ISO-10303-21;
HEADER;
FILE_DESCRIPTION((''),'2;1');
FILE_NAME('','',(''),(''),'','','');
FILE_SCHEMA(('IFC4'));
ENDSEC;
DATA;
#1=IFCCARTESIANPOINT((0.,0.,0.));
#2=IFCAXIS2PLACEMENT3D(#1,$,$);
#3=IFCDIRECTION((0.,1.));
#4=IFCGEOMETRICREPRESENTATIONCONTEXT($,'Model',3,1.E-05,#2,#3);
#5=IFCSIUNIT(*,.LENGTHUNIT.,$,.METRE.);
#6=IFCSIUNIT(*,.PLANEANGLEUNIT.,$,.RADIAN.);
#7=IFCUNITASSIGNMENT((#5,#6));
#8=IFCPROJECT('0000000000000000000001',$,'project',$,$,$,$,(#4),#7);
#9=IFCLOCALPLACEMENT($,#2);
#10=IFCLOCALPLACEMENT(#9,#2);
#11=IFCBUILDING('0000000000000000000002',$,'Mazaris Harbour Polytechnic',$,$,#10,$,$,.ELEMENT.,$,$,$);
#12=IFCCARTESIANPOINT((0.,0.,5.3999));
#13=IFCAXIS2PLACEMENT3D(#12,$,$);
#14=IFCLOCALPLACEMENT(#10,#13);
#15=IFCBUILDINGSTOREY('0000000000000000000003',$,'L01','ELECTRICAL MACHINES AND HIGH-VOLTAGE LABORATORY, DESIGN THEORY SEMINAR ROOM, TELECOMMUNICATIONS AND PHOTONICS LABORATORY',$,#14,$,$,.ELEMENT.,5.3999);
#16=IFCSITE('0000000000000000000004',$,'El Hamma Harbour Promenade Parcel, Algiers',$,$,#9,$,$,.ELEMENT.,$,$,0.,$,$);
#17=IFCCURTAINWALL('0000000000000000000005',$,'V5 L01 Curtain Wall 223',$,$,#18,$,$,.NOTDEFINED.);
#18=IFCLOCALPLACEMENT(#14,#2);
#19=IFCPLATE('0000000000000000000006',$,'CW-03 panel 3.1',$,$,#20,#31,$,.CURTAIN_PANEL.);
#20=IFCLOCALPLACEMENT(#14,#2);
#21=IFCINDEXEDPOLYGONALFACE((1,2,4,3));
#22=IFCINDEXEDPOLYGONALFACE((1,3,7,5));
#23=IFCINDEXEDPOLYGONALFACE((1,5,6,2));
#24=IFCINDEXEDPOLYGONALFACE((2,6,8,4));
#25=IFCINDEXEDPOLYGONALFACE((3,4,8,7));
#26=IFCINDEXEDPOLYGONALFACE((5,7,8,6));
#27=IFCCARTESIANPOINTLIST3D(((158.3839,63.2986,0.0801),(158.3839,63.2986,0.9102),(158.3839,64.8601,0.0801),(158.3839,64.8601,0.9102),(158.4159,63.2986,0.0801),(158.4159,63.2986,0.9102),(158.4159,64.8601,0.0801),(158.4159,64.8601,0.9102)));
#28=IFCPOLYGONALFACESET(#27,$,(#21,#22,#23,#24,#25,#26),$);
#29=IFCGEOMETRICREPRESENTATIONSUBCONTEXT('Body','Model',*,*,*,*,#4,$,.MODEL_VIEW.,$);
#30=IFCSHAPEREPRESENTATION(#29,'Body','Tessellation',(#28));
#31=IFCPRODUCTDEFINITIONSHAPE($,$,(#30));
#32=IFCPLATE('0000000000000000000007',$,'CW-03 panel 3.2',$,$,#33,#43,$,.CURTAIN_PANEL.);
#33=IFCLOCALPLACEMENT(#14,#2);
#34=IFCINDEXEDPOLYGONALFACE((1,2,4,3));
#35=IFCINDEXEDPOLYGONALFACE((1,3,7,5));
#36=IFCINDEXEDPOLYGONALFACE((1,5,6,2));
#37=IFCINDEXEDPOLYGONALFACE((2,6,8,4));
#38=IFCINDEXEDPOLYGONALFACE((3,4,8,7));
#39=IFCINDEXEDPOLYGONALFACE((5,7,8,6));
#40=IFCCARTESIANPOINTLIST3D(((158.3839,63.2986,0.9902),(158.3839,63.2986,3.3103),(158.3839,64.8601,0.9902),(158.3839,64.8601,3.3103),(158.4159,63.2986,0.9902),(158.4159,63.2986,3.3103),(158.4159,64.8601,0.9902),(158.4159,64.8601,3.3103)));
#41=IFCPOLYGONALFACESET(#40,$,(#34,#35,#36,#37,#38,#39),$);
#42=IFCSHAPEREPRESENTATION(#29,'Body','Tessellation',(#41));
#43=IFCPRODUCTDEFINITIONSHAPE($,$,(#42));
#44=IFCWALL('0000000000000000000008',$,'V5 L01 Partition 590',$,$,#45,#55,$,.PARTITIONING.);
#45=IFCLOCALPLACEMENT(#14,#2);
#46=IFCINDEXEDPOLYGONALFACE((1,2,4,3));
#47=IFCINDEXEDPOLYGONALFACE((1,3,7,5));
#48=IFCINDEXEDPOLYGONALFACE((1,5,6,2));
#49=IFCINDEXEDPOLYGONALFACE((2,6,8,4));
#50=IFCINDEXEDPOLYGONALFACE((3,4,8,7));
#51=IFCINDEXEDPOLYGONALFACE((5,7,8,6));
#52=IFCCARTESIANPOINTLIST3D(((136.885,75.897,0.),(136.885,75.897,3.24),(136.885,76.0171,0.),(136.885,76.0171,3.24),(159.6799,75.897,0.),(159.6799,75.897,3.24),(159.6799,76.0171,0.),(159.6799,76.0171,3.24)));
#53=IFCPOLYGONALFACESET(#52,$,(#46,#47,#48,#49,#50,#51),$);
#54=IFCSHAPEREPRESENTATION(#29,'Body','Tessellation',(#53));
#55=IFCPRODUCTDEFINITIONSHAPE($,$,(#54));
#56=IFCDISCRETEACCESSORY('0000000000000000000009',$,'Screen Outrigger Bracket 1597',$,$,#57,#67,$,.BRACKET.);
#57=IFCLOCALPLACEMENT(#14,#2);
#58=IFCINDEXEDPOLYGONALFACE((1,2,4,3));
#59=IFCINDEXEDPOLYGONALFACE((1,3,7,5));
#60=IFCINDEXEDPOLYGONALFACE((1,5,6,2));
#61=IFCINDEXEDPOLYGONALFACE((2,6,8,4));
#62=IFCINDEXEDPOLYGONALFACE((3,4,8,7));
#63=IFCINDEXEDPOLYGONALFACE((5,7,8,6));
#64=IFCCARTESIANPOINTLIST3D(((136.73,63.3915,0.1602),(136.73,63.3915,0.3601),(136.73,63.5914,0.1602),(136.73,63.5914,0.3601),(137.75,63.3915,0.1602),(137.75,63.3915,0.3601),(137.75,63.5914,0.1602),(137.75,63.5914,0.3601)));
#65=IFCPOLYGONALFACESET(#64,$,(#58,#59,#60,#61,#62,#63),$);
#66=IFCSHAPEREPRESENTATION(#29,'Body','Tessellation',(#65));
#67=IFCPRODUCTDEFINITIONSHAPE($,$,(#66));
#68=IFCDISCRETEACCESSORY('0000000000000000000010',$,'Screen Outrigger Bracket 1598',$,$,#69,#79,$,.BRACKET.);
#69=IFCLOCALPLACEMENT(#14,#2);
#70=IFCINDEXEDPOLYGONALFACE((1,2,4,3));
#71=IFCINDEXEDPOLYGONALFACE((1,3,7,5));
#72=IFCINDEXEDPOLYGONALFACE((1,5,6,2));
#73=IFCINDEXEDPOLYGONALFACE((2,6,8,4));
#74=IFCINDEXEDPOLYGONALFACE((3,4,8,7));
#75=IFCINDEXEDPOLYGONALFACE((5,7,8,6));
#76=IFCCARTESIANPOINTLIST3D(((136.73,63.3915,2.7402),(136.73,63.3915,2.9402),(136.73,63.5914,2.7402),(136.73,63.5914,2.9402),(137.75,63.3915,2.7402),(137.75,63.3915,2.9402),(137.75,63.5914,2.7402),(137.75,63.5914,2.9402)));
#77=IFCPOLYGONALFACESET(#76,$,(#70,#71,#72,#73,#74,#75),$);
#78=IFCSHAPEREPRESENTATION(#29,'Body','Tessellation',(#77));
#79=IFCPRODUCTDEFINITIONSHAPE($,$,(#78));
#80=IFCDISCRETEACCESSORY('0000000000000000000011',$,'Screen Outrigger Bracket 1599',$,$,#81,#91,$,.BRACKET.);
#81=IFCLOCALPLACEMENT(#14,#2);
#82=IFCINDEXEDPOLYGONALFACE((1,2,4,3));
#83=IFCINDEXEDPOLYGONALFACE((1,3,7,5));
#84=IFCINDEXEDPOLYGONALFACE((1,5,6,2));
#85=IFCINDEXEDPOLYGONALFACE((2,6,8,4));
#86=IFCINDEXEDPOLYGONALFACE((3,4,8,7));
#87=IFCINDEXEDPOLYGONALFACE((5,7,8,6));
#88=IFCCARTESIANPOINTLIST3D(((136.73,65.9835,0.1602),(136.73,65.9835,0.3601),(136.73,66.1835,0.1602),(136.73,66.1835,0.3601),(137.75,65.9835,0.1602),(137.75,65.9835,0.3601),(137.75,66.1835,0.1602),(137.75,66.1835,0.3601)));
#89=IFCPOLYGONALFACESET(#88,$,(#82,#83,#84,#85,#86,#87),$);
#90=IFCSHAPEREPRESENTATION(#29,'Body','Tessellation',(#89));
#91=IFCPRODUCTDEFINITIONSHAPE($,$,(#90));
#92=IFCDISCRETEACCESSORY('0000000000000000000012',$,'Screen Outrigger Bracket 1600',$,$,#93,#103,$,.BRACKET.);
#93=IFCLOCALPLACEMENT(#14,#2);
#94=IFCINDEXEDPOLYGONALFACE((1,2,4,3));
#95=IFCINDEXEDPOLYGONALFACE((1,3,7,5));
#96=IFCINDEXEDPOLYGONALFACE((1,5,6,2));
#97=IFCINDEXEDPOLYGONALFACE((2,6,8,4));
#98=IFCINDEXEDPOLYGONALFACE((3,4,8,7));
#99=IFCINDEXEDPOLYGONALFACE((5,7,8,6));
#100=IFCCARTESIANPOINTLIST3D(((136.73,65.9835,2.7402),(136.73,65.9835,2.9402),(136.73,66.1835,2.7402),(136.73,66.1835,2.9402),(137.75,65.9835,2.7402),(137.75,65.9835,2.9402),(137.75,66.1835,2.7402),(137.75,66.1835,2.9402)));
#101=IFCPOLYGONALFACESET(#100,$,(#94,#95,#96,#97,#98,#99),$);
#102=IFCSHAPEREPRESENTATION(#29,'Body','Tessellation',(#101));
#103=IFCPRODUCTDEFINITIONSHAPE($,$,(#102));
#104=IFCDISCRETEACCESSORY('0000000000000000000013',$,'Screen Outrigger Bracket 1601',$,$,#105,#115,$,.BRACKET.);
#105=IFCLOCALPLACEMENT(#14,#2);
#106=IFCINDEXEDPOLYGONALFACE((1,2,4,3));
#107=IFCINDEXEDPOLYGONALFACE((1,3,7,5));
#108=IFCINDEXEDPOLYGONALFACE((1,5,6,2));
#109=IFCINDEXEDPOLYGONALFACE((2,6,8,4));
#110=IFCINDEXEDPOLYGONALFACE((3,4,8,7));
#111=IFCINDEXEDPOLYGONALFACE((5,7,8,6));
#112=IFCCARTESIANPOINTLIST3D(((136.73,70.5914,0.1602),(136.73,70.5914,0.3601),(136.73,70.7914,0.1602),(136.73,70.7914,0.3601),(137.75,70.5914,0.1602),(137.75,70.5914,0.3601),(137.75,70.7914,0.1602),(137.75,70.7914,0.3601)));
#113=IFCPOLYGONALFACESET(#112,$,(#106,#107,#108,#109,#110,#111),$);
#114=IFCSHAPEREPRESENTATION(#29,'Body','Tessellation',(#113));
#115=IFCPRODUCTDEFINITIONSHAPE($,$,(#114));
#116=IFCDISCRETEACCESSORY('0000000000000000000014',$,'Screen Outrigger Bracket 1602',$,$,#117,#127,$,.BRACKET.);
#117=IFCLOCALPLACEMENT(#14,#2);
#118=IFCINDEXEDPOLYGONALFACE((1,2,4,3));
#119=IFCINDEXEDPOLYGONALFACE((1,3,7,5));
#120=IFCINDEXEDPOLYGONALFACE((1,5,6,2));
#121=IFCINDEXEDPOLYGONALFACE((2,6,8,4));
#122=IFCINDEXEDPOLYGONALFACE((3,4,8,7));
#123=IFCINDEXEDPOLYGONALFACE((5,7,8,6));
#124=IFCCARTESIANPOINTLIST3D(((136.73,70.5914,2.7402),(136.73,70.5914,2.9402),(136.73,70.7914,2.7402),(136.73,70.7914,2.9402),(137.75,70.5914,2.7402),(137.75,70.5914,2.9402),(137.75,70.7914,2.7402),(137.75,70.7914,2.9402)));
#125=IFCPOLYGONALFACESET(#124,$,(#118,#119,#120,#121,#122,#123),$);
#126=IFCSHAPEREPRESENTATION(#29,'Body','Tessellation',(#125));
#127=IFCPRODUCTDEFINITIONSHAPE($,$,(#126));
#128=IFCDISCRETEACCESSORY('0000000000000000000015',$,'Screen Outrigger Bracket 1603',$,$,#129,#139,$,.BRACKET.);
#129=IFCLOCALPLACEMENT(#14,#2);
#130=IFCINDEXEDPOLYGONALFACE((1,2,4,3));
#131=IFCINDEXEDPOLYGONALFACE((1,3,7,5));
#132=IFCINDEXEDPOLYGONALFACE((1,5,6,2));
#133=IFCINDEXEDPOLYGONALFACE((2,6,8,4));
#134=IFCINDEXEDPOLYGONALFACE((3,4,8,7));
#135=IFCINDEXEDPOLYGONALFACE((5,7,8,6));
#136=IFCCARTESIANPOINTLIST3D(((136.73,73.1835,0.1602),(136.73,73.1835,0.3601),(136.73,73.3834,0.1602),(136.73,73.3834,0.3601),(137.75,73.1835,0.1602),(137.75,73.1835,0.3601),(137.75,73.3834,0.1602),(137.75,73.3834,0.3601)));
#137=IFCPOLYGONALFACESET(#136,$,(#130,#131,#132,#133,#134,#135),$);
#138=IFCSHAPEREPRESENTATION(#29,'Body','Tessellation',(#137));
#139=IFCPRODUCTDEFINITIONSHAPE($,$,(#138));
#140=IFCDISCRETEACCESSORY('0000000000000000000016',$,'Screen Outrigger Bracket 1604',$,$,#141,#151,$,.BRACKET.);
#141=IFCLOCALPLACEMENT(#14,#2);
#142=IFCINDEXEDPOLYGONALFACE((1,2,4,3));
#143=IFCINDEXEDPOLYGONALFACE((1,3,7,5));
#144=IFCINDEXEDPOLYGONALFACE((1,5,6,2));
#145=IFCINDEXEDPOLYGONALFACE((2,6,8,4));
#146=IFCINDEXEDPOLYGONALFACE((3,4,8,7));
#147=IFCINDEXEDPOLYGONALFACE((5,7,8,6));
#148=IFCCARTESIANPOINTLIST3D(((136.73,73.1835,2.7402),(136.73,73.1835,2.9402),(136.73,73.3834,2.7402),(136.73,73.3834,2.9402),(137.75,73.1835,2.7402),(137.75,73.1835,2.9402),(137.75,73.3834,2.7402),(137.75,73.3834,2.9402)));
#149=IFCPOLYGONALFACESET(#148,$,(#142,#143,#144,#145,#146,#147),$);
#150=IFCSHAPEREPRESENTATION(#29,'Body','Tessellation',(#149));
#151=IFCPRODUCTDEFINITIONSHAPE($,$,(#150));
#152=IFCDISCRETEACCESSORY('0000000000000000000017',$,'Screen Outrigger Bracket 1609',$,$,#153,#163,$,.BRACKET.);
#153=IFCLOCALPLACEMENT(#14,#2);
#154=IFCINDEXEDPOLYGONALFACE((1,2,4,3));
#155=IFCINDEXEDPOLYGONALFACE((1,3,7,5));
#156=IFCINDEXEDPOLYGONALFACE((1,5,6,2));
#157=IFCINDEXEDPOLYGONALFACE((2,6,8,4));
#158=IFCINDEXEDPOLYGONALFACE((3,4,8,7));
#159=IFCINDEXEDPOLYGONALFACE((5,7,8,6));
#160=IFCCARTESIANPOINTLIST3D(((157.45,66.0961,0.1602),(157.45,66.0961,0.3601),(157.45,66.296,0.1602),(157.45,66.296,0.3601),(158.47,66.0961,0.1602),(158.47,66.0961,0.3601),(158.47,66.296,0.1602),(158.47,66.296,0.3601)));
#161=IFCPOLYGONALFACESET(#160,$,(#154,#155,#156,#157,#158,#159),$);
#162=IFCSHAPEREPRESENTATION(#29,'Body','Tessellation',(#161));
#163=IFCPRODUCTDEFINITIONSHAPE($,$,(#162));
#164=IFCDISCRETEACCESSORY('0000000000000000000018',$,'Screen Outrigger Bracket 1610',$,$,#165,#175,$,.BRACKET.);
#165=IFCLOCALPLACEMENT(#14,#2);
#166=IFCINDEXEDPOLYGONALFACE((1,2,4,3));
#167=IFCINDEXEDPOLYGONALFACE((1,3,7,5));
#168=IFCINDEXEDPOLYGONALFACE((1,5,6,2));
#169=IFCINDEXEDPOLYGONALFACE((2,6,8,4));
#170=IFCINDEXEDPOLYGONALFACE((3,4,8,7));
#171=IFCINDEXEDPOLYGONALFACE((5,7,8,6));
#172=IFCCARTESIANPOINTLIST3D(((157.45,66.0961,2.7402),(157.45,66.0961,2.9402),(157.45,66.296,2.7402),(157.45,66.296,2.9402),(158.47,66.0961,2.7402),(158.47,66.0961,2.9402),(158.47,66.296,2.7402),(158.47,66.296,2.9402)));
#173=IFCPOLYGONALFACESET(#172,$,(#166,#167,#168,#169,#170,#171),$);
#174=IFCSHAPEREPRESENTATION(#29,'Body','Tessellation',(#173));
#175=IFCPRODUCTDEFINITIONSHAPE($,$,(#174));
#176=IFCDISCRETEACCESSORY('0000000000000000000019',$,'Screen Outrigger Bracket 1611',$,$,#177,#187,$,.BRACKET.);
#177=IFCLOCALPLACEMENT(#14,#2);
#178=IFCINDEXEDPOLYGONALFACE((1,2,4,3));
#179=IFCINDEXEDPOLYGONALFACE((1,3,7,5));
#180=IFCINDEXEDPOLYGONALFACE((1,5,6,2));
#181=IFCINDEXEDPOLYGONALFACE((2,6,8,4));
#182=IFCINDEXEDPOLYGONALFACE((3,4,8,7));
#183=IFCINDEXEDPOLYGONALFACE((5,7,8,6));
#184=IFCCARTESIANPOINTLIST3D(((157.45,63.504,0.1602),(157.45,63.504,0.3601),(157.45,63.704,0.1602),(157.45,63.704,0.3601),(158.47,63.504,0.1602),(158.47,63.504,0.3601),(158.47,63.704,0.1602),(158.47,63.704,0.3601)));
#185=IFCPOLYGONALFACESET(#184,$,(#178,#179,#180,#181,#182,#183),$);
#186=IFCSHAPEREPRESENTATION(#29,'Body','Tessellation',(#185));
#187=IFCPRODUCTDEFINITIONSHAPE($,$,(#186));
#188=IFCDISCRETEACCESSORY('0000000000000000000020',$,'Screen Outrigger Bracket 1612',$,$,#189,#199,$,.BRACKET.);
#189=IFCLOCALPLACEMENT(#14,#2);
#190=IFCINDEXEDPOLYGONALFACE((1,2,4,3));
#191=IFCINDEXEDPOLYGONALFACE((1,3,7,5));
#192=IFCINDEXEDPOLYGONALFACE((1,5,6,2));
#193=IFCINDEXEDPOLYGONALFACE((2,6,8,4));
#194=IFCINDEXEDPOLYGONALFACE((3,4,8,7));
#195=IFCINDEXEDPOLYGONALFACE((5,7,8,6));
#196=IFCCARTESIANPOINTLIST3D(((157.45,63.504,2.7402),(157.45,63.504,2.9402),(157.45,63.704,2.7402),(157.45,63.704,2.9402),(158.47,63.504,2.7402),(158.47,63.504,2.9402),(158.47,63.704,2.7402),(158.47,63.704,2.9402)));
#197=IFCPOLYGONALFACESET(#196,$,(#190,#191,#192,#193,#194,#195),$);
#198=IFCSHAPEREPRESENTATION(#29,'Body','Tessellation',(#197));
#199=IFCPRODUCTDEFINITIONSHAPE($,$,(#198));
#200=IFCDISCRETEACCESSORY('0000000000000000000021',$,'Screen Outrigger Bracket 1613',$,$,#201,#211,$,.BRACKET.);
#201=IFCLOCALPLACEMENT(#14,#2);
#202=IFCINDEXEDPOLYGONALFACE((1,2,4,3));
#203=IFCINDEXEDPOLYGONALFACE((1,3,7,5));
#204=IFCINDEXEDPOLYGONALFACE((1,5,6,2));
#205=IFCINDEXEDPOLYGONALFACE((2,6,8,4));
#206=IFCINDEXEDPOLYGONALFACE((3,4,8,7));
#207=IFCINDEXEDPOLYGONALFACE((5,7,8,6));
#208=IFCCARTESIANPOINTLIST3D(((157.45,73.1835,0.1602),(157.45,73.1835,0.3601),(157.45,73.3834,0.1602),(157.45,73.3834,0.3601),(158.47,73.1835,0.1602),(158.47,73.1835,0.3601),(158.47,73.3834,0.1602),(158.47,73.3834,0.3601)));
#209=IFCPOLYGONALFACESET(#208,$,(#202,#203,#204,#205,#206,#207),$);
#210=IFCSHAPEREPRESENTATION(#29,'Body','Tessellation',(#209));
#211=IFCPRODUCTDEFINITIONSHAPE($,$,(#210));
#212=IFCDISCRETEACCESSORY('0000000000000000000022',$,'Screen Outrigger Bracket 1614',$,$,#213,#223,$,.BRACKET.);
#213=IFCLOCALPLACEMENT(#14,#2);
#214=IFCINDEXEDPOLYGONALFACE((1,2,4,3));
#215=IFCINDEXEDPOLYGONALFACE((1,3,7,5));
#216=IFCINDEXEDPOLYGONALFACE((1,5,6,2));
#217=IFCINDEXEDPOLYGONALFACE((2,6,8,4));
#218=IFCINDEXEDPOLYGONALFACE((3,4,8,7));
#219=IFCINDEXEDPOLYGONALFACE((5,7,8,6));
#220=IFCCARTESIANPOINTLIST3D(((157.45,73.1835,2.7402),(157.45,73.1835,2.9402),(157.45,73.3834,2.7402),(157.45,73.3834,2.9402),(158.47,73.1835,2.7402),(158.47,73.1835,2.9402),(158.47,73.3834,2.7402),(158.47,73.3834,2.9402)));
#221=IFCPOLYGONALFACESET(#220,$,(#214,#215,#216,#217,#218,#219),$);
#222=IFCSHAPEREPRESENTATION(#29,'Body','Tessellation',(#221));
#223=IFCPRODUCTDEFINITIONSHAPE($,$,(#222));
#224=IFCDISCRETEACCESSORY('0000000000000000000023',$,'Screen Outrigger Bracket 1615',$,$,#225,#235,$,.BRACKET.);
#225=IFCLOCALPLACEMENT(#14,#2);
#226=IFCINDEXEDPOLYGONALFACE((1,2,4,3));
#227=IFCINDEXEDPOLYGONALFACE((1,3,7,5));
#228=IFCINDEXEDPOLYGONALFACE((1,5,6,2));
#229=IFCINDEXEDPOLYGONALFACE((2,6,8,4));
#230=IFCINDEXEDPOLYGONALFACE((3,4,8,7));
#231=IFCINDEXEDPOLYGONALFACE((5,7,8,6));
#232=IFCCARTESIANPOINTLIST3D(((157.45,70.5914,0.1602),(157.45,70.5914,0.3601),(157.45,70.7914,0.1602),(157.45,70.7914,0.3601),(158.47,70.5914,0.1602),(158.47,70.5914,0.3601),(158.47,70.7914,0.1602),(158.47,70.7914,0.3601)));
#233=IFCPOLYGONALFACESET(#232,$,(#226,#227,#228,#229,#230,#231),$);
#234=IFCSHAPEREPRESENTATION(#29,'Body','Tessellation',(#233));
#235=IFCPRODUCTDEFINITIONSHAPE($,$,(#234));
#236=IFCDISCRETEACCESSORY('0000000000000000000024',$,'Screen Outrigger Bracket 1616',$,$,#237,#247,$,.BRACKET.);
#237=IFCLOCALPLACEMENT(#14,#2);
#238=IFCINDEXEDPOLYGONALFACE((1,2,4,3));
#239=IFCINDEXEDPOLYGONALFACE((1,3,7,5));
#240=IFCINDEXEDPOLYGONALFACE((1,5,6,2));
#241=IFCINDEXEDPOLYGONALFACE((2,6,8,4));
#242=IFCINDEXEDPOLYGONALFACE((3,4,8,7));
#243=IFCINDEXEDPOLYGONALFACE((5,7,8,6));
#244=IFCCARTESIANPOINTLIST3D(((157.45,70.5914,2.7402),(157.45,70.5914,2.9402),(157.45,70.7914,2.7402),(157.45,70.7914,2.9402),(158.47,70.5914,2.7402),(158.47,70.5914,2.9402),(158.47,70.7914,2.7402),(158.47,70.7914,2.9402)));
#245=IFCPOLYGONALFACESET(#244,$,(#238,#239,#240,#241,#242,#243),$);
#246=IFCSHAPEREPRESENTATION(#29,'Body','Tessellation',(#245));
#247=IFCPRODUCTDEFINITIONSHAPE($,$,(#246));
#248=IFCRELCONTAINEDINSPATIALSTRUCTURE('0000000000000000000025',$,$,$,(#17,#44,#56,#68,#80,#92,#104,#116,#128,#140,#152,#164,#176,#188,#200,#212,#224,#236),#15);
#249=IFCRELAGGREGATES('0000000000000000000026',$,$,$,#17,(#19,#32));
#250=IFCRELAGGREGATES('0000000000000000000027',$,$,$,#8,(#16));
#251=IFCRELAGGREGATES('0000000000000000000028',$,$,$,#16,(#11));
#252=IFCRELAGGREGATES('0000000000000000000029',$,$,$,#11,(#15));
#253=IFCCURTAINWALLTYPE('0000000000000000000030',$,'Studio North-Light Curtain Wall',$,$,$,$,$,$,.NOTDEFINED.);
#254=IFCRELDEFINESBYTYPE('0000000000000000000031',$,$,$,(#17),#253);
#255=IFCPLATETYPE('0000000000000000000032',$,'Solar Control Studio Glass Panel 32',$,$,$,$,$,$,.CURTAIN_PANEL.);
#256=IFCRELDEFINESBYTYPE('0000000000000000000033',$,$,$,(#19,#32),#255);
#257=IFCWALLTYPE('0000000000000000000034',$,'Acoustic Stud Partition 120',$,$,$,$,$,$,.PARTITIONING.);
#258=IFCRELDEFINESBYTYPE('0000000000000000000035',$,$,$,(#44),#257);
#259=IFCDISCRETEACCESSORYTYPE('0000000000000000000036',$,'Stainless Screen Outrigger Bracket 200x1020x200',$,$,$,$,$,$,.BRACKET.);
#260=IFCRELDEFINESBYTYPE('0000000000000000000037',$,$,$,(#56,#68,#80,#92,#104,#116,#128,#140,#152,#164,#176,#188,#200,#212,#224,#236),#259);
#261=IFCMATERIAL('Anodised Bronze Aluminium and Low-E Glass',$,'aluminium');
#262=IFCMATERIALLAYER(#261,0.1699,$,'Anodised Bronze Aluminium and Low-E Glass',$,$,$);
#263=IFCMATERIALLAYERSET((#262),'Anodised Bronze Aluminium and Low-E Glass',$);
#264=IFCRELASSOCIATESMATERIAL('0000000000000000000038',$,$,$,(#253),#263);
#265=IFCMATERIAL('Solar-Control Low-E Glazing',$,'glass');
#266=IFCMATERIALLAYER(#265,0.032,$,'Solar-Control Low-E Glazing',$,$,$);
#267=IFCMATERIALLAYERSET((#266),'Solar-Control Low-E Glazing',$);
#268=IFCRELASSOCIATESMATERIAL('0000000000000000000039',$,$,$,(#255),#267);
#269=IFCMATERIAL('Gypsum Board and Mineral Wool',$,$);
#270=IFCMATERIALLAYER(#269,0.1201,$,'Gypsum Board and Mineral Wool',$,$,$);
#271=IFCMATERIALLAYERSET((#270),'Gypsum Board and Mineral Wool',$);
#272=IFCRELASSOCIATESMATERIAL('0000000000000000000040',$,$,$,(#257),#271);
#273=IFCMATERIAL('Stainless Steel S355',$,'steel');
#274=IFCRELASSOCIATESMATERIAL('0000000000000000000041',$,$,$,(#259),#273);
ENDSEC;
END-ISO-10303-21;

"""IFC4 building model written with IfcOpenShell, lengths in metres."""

from ifc_helpers import new_model, si_unit, direction, frame, frame_2d, origin, origin_2d, place, context, subcontext, project, spatial, rectangle, extrude, material, layer, layer_set, type_object, element, aggregate, save


model = new_model("IFC4")

# Units and contexts
model_context = context("Model", 3, precision=1e-05, world=origin(), true_north=direction((0.0, 1.0)))
body_context = subcontext(model_context, "Body", "Model", "MODEL_VIEW")
ifc_project = project(units=[si_unit("LENGTHUNIT", "METRE"), si_unit("PLANEANGLEUNIT", "RADIAN")], contexts=[model_context])

# Site, building, storey
site_placement = place(None, origin())
site = spatial("IfcSite", under=ifc_project, at=site_placement, Name="El Hamma Harbour Promenade Parcel, Algiers", CompositionType="ELEMENT", RefElevation=0.0)
building_placement = place(site_placement, origin())
building = spatial("IfcBuilding", under=site, at=building_placement, Name="Mazaris Harbour Polytechnic", CompositionType="ELEMENT")
storey_placement = place(building_placement, frame((0.0, 0.0, 5.3999)))
storey = spatial("IfcBuildingStorey", under=building, at=storey_placement, Name="L01", Description="ELECTRICAL MACHINES AND HIGH-VOLTAGE LABORATORY, DESIGN THEORY SEMINAR ROOM, TELECOMMUNICATIONS AND PHOTONICS LABORATORY", CompositionType="ELEMENT", Elevation=5.3999)

# Curtain wall
ifc_material_1 = material(Name="Anodised Bronze Aluminium and Low-E Glass", Category="aluminium")
ifc_layer_1 = layer(ifc_material_1, 0.1699, Name="Anodised Bronze Aluminium and Low-E Glass")
ifc_layer_set_1 = layer_set([ifc_layer_1], Name="Anodised Bronze Aluminium and Low-E Glass")
curtain_wall_type = type_object("IfcCurtainWallType", Name="Studio North-Light Curtain Wall", PredefinedType="NOTDEFINED", material=ifc_layer_set_1)
curtain_wall_1_placement = place(storey_placement, origin())
curtain_wall_1 = element("IfcCurtainWall", 1, at=curtain_wall_1_placement, inside=storey, type_object=curtain_wall_type, Name="V5 L01 Curtain Wall 223", PredefinedType="NOTDEFINED")

# Plates
ifc_material_2 = material(Name="Solar-Control Low-E Glazing", Category="glass")
ifc_layer_2 = layer(ifc_material_2, 0.032, Name="Solar-Control Low-E Glazing")
ifc_layer_set_2 = layer_set([ifc_layer_2], Name="Solar-Control Low-E Glazing")
plate_type = type_object("IfcPlateType", Name="Solar Control Studio Glass Panel 32", PredefinedType="CURTAIN_PANEL", material=ifc_layer_set_2)
plate_1_placement = place(storey_placement, frame((158.3999, 64.0793, 0.0801), z_axis=(0.0, 0.0, 1.0), x_axis=(0.0, -1.0, 0.0)))
plate_1 = element("IfcPlate", 2, at=plate_1_placement, type_object=plate_type, Name="CW-03 panel 3.1", PredefinedType="CURTAIN_PANEL", context=body_context, shape_type="SweptSolid", body=[
    extrude(rectangle(XDim=1.5615, YDim=0.032, at=origin_2d()), origin(), (0.0, 0.0, 1.0), 0.8301),
])
plate_2_placement = place(storey_placement, frame((158.3999, 64.0793, 0.9902), z_axis=(0.0, 0.0, 1.0), x_axis=(0.0, -1.0, 0.0)))
plate_2 = element("IfcPlate", 3, at=plate_2_placement, type_object=plate_type, Name="CW-03 panel 3.2", PredefinedType="CURTAIN_PANEL", context=body_context, shape_type="SweptSolid", body=[
    extrude(rectangle(XDim=1.5615, YDim=0.032, at=origin_2d()), origin(), (0.0, 0.0, 1.0), 2.3201),
])
aggregate(curtain_wall_1, [plate_1, plate_2])

# Wall
ifc_material_3 = material(Name="Gypsum Board and Mineral Wool")
ifc_layer_3 = layer(ifc_material_3, 0.1201, Name="Gypsum Board and Mineral Wool")
ifc_layer_set_3 = layer_set([ifc_layer_3], Name="Gypsum Board and Mineral Wool")
wall_type = type_object("IfcWallType", Name="Acoustic Stud Partition 120", PredefinedType="PARTITIONING", material=ifc_layer_set_3)
wall_placement = place(storey_placement, frame((136.885, 75.957, 0.0), z_axis=(0.0, 0.0, 1.0), x_axis=(1.0, 0.0, 0.0)))
element("IfcWall", 4, at=wall_placement, inside=storey, type_object=wall_type, Name="V5 L01 Partition 590", PredefinedType="PARTITIONING", context=body_context, shape_type="SweptSolid", body=[
    extrude(rectangle(XDim=22.7949, YDim=0.1201, at=frame_2d((11.3975, 0.0))), origin(), (0.0, 0.0, 1.0), 3.24),
])

# Discrete accessories
ifc_material_4 = material(Name="Stainless Steel S355", Category="steel")
discrete_accessory_type = type_object("IfcDiscreteAccessoryType", Name="Stainless Screen Outrigger Bracket 200x1020x200", PredefinedType="BRACKET", material=ifc_material_4)
for number, where, z_axis, x_axis, name in (
    (5, (137.24, 63.4915, 0.1602), (0.0, 0.0, 1.0), (0.0, 1.0, 0.0), "Screen Outrigger Bracket 1597"),
    (6, (137.24, 63.4915, 2.7402), (0.0, 0.0, 1.0), (0.0, 1.0, 0.0), "Screen Outrigger Bracket 1598"),
    (7, (137.24, 66.0835, 0.1602), (0.0, 0.0, 1.0), (0.0, 1.0, 0.0), "Screen Outrigger Bracket 1599"),
    (8, (137.24, 66.0835, 2.7402), (0.0, 0.0, 1.0), (0.0, 1.0, 0.0), "Screen Outrigger Bracket 1600"),
    (9, (137.24, 70.6914, 0.1602), (0.0, 0.0, 1.0), (0.0, 1.0, 0.0), "Screen Outrigger Bracket 1601"),
    (10, (137.24, 70.6914, 2.7402), (0.0, 0.0, 1.0), (0.0, 1.0, 0.0), "Screen Outrigger Bracket 1602"),
    (11, (137.24, 73.2834, 0.1602), (0.0, 0.0, 1.0), (0.0, 1.0, 0.0), "Screen Outrigger Bracket 1603"),
    (12, (137.24, 73.2834, 2.7402), (0.0, 0.0, 1.0), (0.0, 1.0, 0.0), "Screen Outrigger Bracket 1604"),
    (13, (157.96, 66.196, 0.1602), (0.0, 0.0, 1.0), (0.0, -1.0, 0.0), "Screen Outrigger Bracket 1609"),
    (14, (157.96, 66.196, 2.7402), (0.0, 0.0, 1.0), (0.0, -1.0, 0.0), "Screen Outrigger Bracket 1610"),
    (15, (157.96, 63.604, 0.1602), (0.0, 0.0, 1.0), (0.0, -1.0, 0.0), "Screen Outrigger Bracket 1611"),
    (16, (157.96, 63.604, 2.7402), (0.0, 0.0, 1.0), (0.0, -1.0, 0.0), "Screen Outrigger Bracket 1612"),
    (17, (157.96, 73.2834, 0.1602), (0.0, 0.0, 1.0), (0.0, -1.0, 0.0), "Screen Outrigger Bracket 1613"),
    (18, (157.96, 73.2834, 2.7402), (0.0, 0.0, 1.0), (0.0, -1.0, 0.0), "Screen Outrigger Bracket 1614"),
    (19, (157.96, 70.6914, 0.1602), (0.0, 0.0, 1.0), (0.0, -1.0, 0.0), "Screen Outrigger Bracket 1615"),
    (20, (157.96, 70.6914, 2.7402), (0.0, 0.0, 1.0), (0.0, -1.0, 0.0), "Screen Outrigger Bracket 1616"),
):
    element("IfcDiscreteAccessory", number, at=place(storey_placement, frame(where, z_axis=z_axis, x_axis=x_axis)), inside=storey, type_object=discrete_accessory_type, Name=name, PredefinedType="BRACKET", context=body_context, shape_type="SweptSolid", body=[
        extrude(rectangle(XDim=0.2, YDim=1.02, at=origin_2d()), origin(), (0.0, 0.0, 1.0), 0.2),
    ])

save(model, "model.ifc")
